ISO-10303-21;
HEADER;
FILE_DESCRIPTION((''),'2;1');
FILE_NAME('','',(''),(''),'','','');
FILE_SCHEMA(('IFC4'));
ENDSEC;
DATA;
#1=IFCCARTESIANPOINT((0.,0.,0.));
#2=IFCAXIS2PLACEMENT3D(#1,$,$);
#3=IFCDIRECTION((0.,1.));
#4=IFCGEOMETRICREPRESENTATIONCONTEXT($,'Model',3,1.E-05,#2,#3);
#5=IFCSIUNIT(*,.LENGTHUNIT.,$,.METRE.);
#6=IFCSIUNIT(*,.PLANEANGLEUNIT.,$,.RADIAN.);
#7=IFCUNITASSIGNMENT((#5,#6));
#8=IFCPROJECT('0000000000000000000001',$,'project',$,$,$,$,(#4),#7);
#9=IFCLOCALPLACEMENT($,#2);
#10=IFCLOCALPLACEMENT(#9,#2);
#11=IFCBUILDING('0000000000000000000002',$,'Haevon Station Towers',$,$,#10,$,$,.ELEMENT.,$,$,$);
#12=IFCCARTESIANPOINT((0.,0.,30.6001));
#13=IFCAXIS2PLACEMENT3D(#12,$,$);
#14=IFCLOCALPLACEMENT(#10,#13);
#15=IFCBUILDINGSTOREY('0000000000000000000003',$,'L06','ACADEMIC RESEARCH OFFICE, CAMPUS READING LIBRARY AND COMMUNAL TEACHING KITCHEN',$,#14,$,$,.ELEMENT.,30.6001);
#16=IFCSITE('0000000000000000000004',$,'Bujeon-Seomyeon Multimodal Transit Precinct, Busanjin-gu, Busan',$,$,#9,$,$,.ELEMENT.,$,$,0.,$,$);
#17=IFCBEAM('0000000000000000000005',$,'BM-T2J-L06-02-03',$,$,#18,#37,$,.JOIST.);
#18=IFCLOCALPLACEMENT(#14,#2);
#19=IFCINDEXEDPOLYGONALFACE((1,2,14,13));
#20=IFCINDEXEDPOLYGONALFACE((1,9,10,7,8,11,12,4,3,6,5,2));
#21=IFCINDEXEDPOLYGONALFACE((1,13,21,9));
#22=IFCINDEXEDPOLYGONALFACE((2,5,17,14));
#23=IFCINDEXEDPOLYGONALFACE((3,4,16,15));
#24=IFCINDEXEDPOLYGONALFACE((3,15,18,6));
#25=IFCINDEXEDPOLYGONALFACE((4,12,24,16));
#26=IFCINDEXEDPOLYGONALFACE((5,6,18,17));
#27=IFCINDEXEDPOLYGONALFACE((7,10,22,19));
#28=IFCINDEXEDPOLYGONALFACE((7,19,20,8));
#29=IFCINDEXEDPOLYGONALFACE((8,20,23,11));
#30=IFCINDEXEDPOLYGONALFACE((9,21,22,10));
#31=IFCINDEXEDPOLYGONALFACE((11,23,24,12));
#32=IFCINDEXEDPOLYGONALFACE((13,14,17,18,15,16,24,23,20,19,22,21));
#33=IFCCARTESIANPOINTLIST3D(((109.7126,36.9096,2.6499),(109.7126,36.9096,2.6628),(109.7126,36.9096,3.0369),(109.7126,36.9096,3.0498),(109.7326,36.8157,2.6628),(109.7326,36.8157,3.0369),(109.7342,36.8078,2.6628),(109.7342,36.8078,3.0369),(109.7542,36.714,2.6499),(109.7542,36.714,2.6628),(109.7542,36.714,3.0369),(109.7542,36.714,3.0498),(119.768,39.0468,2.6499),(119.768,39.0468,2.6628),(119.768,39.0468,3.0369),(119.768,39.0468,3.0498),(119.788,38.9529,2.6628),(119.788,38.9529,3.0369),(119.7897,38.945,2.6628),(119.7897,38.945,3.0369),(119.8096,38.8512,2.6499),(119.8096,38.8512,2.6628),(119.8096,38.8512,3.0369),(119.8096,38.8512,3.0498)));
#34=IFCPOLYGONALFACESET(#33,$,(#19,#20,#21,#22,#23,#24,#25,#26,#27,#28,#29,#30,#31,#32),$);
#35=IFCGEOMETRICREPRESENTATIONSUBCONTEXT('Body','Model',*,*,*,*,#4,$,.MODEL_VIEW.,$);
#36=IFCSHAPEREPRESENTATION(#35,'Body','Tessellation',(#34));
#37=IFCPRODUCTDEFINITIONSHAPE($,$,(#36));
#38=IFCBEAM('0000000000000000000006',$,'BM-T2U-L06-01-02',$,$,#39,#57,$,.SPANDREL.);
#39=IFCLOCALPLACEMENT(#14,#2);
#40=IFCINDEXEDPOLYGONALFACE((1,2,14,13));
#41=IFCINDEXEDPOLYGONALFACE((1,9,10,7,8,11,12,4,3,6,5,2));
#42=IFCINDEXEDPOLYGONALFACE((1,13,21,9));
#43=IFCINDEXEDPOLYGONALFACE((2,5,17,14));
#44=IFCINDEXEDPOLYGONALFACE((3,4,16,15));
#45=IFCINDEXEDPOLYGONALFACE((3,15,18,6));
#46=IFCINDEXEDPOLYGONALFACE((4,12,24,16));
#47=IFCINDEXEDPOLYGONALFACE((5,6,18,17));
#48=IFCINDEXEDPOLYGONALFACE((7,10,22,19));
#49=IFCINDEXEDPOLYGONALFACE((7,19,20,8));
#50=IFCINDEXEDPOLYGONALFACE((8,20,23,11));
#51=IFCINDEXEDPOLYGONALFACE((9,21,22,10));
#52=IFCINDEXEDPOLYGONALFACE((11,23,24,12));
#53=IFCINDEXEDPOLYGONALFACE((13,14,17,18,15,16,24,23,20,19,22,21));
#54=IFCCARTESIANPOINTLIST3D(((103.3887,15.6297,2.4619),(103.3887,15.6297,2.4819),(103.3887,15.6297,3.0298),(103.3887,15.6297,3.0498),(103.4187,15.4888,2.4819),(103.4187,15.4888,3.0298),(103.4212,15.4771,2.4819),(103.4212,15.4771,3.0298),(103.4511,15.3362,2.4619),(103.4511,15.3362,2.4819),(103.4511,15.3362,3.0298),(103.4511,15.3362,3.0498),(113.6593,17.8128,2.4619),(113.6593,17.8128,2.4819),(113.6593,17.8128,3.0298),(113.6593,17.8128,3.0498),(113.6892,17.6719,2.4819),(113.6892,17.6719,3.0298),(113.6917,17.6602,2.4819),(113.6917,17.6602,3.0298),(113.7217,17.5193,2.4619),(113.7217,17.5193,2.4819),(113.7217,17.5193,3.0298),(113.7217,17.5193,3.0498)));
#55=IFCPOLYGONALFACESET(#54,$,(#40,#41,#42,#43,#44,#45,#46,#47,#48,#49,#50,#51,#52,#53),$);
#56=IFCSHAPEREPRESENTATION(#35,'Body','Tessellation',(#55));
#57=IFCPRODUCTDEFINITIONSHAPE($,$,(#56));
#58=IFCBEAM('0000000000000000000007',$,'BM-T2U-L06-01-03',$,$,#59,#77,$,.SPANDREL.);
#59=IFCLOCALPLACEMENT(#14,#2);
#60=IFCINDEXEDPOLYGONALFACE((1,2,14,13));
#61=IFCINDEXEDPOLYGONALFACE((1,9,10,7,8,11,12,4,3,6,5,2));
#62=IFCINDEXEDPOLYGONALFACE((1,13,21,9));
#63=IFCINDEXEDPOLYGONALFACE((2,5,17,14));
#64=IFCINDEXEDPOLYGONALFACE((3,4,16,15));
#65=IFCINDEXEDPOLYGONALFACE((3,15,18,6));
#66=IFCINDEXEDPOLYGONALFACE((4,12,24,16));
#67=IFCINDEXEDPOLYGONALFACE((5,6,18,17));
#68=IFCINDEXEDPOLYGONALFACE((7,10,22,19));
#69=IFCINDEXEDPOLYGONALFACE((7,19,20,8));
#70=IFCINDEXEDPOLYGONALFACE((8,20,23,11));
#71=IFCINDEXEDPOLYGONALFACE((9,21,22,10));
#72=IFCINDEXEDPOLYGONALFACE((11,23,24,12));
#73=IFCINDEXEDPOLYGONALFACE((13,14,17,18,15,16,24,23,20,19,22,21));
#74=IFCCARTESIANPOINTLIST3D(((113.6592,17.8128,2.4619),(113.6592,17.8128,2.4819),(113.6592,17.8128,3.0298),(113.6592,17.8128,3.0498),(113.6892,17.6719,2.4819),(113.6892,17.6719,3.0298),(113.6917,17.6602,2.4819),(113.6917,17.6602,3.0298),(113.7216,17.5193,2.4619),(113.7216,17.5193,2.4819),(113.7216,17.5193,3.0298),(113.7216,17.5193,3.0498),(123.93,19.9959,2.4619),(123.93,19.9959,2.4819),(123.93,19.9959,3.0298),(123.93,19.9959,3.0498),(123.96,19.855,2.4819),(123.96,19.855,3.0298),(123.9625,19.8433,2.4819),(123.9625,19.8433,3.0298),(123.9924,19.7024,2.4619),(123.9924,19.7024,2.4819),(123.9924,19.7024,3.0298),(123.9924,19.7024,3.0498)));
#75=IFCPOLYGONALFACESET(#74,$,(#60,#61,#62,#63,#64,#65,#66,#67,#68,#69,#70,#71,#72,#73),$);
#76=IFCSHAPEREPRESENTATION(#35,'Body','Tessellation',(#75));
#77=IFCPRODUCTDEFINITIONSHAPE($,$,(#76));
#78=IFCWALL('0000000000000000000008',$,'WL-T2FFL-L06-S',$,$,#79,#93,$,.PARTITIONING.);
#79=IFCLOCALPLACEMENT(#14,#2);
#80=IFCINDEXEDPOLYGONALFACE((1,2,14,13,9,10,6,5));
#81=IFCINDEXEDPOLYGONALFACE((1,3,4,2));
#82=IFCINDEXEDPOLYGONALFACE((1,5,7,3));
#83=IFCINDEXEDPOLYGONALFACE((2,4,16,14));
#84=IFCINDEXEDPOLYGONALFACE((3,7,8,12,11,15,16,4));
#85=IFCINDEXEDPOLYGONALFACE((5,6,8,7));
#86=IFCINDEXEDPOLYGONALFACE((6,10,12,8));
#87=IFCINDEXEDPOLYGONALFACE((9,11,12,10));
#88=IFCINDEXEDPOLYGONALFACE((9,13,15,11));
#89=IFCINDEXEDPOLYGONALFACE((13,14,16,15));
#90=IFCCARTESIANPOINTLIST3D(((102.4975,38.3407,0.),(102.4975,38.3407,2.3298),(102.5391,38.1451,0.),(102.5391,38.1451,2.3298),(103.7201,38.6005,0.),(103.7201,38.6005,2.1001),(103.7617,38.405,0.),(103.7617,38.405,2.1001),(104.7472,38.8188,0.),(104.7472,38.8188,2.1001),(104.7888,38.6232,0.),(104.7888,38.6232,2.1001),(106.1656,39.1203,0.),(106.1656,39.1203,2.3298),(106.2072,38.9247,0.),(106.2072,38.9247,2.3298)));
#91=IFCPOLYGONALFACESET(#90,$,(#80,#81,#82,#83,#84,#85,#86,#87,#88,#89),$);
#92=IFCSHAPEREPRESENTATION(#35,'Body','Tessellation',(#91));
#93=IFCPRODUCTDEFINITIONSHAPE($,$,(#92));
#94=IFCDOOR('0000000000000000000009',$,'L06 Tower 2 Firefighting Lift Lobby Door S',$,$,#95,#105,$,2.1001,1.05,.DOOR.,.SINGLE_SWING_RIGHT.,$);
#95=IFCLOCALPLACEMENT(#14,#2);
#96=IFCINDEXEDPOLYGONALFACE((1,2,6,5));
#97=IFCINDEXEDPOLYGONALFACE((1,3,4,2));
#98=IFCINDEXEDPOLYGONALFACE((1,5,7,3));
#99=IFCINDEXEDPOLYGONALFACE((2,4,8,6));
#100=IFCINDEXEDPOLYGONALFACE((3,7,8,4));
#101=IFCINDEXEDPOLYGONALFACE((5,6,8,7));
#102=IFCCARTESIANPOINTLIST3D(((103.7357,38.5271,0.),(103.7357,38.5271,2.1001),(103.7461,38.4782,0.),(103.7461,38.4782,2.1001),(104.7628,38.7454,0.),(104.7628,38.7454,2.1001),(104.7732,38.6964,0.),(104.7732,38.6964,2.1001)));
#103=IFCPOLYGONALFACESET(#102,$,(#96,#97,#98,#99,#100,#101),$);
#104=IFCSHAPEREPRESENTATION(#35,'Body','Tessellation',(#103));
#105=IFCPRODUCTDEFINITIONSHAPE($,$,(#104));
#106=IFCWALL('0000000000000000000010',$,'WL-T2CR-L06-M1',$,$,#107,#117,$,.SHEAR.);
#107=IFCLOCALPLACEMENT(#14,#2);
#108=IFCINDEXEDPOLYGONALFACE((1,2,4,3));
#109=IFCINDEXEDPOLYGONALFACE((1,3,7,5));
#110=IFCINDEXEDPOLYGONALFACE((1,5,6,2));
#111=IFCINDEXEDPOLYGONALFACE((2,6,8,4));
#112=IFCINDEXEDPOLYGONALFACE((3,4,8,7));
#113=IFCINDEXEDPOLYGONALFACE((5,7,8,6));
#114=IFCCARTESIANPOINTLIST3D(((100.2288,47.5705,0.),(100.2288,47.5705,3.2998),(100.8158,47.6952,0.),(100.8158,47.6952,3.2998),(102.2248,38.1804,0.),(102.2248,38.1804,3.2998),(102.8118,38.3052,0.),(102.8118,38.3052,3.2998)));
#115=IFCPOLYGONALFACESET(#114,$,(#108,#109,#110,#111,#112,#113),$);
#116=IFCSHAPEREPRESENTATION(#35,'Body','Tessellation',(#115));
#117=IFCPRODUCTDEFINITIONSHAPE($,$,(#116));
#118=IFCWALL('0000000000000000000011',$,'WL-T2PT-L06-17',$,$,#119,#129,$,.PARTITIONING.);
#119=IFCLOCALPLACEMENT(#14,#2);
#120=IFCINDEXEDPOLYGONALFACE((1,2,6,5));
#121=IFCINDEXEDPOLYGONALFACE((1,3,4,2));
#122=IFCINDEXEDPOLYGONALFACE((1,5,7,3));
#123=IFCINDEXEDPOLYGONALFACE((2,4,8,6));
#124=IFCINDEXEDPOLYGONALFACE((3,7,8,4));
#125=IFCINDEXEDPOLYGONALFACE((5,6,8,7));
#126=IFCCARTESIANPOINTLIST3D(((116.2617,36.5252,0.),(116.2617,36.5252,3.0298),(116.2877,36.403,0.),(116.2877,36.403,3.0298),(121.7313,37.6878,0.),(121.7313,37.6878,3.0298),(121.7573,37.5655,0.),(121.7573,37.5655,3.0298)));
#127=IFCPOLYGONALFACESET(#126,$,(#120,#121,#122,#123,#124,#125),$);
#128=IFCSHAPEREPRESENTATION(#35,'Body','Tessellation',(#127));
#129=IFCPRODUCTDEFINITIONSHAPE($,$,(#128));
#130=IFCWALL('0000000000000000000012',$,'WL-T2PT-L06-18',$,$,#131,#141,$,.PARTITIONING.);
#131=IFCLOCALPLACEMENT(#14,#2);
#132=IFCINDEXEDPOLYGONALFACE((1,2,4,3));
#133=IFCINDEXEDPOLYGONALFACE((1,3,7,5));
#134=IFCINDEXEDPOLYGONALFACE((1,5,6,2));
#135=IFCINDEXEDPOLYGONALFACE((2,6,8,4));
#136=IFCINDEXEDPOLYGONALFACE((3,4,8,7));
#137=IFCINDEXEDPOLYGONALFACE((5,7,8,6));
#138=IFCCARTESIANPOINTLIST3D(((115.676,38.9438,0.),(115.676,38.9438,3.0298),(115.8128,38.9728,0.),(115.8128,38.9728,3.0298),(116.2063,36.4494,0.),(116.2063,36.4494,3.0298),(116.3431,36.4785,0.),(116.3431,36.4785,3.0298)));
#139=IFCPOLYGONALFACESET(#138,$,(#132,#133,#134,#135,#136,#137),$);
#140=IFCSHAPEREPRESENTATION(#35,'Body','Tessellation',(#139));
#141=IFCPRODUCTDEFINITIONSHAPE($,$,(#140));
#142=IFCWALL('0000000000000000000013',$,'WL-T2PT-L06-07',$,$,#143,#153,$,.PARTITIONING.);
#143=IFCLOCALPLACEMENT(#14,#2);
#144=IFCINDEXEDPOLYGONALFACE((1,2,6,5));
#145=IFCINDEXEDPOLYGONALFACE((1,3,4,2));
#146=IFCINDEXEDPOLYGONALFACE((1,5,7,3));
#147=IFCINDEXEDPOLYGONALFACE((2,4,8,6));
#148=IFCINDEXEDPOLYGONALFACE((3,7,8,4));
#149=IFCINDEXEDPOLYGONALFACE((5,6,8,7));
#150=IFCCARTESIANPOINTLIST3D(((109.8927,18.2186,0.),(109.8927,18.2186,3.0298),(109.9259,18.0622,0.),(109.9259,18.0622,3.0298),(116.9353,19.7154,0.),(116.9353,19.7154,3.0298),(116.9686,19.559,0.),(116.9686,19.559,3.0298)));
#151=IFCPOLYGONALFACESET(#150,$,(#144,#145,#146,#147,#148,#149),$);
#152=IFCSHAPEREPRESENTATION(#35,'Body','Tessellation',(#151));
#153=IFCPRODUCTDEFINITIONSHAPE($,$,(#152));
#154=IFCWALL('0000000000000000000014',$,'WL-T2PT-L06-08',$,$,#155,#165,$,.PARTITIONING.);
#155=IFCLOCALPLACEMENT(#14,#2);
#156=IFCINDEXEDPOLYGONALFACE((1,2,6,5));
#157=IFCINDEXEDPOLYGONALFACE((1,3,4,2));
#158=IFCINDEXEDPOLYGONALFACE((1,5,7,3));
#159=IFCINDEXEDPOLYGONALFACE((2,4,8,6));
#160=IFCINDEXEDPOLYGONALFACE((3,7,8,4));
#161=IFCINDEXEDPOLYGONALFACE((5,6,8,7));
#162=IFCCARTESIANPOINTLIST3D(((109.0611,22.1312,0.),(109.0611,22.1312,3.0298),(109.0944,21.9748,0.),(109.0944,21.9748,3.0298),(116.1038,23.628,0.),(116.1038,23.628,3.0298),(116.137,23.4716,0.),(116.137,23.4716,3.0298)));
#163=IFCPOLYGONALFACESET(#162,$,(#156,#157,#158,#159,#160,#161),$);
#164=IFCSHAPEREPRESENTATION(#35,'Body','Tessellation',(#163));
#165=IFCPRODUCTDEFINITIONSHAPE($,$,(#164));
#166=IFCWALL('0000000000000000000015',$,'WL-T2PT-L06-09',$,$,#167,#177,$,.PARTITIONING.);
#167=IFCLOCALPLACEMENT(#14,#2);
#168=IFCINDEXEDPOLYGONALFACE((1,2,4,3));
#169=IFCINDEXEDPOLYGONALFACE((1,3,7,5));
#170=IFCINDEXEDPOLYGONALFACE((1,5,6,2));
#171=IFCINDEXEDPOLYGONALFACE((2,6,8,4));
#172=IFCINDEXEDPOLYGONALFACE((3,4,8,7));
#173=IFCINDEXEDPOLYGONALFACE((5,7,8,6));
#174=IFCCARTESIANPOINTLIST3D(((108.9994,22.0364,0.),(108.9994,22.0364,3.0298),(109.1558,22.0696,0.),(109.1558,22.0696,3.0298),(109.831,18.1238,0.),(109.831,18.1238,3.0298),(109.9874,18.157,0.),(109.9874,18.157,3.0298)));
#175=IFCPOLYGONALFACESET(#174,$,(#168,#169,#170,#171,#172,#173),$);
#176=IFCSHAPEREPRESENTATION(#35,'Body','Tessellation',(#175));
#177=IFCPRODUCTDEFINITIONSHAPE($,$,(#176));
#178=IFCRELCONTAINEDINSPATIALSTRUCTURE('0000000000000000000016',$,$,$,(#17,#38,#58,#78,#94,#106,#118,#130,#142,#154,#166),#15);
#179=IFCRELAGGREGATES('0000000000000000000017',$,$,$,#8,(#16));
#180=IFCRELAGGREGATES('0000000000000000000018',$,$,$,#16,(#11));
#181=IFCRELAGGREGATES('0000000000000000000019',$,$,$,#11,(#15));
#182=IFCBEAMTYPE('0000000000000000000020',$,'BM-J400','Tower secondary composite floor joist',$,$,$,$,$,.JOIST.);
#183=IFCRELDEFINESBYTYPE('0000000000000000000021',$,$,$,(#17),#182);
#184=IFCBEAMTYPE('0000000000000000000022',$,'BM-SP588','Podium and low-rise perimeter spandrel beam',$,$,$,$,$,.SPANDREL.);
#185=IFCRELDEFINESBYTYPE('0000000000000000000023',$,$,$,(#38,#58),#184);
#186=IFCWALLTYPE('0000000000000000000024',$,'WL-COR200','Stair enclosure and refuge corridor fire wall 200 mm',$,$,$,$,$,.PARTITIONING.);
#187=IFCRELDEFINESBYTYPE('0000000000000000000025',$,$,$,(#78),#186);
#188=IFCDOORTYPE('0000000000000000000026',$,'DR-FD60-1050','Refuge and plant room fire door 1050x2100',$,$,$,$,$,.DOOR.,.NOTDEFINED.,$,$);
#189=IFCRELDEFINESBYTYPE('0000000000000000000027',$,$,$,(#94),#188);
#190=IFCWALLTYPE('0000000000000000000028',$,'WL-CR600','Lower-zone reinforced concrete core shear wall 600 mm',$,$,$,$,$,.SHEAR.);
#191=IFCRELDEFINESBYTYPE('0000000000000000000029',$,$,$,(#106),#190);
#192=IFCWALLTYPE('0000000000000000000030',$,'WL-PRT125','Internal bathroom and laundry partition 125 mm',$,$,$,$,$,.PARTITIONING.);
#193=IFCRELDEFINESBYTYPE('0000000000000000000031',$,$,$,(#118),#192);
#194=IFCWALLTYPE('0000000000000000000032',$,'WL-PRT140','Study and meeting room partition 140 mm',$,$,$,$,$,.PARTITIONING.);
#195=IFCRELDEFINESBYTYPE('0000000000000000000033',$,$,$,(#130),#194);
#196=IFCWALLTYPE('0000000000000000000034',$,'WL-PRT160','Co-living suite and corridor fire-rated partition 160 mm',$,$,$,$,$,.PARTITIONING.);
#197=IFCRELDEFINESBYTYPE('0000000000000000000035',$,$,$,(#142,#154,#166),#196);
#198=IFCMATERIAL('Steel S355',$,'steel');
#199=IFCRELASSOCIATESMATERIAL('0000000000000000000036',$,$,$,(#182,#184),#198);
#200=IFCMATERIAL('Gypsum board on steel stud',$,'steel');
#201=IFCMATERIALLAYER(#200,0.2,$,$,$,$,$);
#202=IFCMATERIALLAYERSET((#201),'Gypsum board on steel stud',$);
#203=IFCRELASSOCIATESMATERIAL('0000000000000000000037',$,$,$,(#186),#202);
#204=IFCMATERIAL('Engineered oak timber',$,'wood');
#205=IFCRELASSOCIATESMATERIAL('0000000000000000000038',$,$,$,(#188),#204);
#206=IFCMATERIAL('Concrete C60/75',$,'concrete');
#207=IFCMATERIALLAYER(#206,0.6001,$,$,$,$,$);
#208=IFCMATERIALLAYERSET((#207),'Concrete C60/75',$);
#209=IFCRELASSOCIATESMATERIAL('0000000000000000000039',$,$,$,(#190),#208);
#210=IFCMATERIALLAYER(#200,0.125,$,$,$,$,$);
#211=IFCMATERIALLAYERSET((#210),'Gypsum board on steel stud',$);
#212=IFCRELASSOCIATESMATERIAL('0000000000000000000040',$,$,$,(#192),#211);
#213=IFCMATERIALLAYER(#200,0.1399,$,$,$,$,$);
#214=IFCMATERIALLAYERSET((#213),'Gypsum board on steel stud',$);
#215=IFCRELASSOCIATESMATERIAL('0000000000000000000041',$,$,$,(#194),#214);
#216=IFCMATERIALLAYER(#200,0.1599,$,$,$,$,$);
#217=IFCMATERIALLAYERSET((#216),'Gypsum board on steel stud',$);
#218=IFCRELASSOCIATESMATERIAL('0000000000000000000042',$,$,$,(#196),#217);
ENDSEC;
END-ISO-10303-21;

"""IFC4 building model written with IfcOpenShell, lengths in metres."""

from ifc_helpers import new_model, si_unit, direction, frame, frame_2d, origin, origin_2d, place, context, subcontext, project, spatial, rectangle, i_section, extrude, material, layer, layer_set, material_profile, profile_set, type_object, element, fill, save


model = new_model("IFC4")

# Units and contexts
model_context = context("Model", 3, precision=1e-05, world=origin(), true_north=direction((0.0, 1.0)))
body_context = subcontext(model_context, "Body", "Model", "MODEL_VIEW")
ifc_project = project(units=[si_unit("LENGTHUNIT", "METRE"), si_unit("PLANEANGLEUNIT", "RADIAN")], contexts=[model_context])

# Site, building, storey
site_placement = place(None, origin())
site = spatial("IfcSite", under=ifc_project, at=site_placement, Name="Bujeon-Seomyeon Multimodal Transit Precinct, Busanjin-gu, Busan", CompositionType="ELEMENT", RefElevation=0.0)
building_placement = place(site_placement, origin())
building = spatial("IfcBuilding", under=site, at=building_placement, Name="Haevon Station Towers", CompositionType="ELEMENT")
storey_placement = place(building_placement, frame((0.0, 0.0, 30.6001)))
storey = spatial("IfcBuildingStorey", under=building, at=storey_placement, Name="L06", Description="ACADEMIC RESEARCH OFFICE, CAMPUS READING LIBRARY AND COMMUNAL TEACHING KITCHEN", CompositionType="ELEMENT", Elevation=30.6001)

# Beams
ifc_material_1 = material(Name="Steel S355", Category="steel")
ifc_material_profile_1 = material_profile(ifc_material_1, i_section(OverallWidth=0.2, OverallDepth=0.3999, WebThickness=0.0081, FlangeThickness=0.0129, at=origin_2d()), Name="H-400x200x8x13")
ifc_profile_set_1 = profile_set([ifc_material_profile_1], Name="Steel S355")
beam_type_1 = type_object("IfcBeamType", Name="BM-J400", Description="Tower secondary composite floor joist", PredefinedType="JOIST", material=ifc_profile_set_1)
for number, where, z_axis, x_axis, name in (
    (1, (109.7334, 36.8118, 2.8499), (0.97815, 0.207899, 0.0), (-0.207899, 0.97815, 0.0), "BM-T2J-L06-02-03"),
):
    element("IfcBeam", number, at=place(storey_placement, frame(where, z_axis=z_axis, x_axis=x_axis)), inside=storey, type_object=beam_type_1, Name=name, PredefinedType="JOIST", context=body_context, shape_type="SweptSolid", body=[
        extrude(i_section(OverallWidth=0.2, OverallDepth=0.3999, WebThickness=0.0081, FlangeThickness=0.0129, at=origin_2d()), origin(), (0.0, 0.0, 1.0), 10.28),
    ])
ifc_material_profile_2 = material_profile(ifc_material_1, i_section(OverallWidth=0.3, OverallDepth=0.5879, WebThickness=0.012, FlangeThickness=0.02, at=origin_2d()), Name="H-588x300x12x20")
ifc_profile_set_2 = profile_set([ifc_material_profile_2], Name="Steel S355")
beam_type_2 = type_object("IfcBeamType", Name="BM-SP588", Description="Podium and low-rise perimeter spandrel beam", PredefinedType="SPANDREL", material=ifc_profile_set_2)
beam_1_placement = place(storey_placement, frame((103.4199, 15.4829, 2.7559), z_axis=(0.978147, 0.207915, 0.0), x_axis=(-0.207915, 0.978147, 0.0)))
element("IfcBeam", 2, at=beam_1_placement, inside=storey, type_object=beam_type_2, Name="BM-T2U-L06-01-02", PredefinedType="SPANDREL", context=body_context, shape_type="SweptSolid", body=[
    extrude(i_section(OverallWidth=0.3, OverallDepth=0.5879, WebThickness=0.012, FlangeThickness=0.02, at=origin_2d()), origin(), (0.0, 0.0, 1.0), 10.5),
])
beam_2_placement = place(storey_placement, frame((113.6904, 17.666, 2.7559), z_axis=(0.978148, 0.207911, 0.0), x_axis=(-0.207911, 0.978148, 0.0)))
element("IfcBeam", 3, at=beam_2_placement, inside=storey, type_object=beam_type_2, Name="BM-T2U-L06-01-03", PredefinedType="SPANDREL", context=body_context, shape_type="SweptSolid", body=[
    extrude(i_section(OverallWidth=0.3, OverallDepth=0.5879, WebThickness=0.012, FlangeThickness=0.02, at=origin_2d()), origin(), (0.0, 0.0, 1.0), 10.5002),
])

# Wall, opening, door
ifc_material_2 = material(Name="Gypsum board on steel stud", Category="steel")
ifc_layer_1 = layer(ifc_material_2, 0.2)
ifc_layer_set_1 = layer_set([ifc_layer_1], Name="Gypsum board on steel stud")
wall_type_1 = type_object("IfcWallType", Name="WL-COR200", Description="Stair enclosure and refuge corridor fire wall 200 mm", PredefinedType="PARTITIONING", material=ifc_layer_set_1)
wall_1_placement = place(storey_placement, frame((102.5183, 38.2429, 0.0), z_axis=(0.0, 0.0, 1.0), x_axis=(0.978154, 0.207884, 0.0)))
wall_1 = element("IfcWall", 4, at=wall_1_placement, inside=storey, type_object=wall_type_1, Name="WL-T2FFL-L06-S", PredefinedType="PARTITIONING", context=body_context, shape_type="SweptSolid", body=[
    extrude(rectangle(XDim=3.75, YDim=0.2, at=frame_2d((1.875, 0.0))), origin(), (0.0, 0.0, 1.0), 2.3298),
])
opening_placement = place(wall_1_placement, frame((1.25, 0.0, 0.0)))
opening = element("IfcOpeningElement", 5, at=opening_placement, cuts=wall_1, PredefinedType="OPENING", context=body_context, shape_type="SweptSolid", body=[
    extrude(rectangle(XDim=1.05, YDim=2.1001, at=frame_2d((0.5249, 1.05))), frame((0.0, 0.1099, 0.0), z_axis=(0.0, -1.0, 0.0), x_axis=(1.0, 0.0, 0.0)), (0.0, 0.0, 1.0), 0.22),
])
ifc_material_3 = material(Name="Engineered oak timber", Category="wood")
door_type = type_object("IfcDoorType", Name="DR-FD60-1050", Description="Refuge and plant room fire door 1050x2100", OperationType="NOTDEFINED", PredefinedType="DOOR", material=ifc_material_3)
door_placement = place(opening_placement, origin())
door = element("IfcDoor", 6, at=door_placement, inside=storey, type_object=door_type, Name="L06 Tower 2 Firefighting Lift Lobby Door S", OperationType="SINGLE_SWING_RIGHT", OverallHeight=2.1001, OverallWidth=1.05, PredefinedType="DOOR", context=body_context, shape_type="SweptSolid", body=[
    extrude(rectangle(XDim=1.05, YDim=2.1001, at=frame_2d((0.5249, 1.05))), frame((0.0, 0.0249, 0.0), z_axis=(0.0, -1.0, 0.0), x_axis=(1.0, 0.0, 0.0)), (0.0, 0.0, 1.0), 0.05),
])
fill(opening, door)

# Walls
ifc_material_4 = material(Name="Concrete C60/75", Category="concrete")
ifc_layer_2 = layer(ifc_material_4, 0.6001)
ifc_layer_set_2 = layer_set([ifc_layer_2], Name="Concrete C60/75")
wall_type_2 = type_object("IfcWallType", Name="WL-CR600", Description="Lower-zone reinforced concrete core shear wall 600 mm", PredefinedType="SHEAR", material=ifc_layer_set_2)
wall_2_placement = place(storey_placement, frame((102.5183, 38.2429, 0.0), z_axis=(0.0, 0.0, 1.0), x_axis=(-0.207927, 0.978144, 0.0)))
element("IfcWall", 7, at=wall_2_placement, inside=storey, type_object=wall_type_2, Name="WL-T2CR-L06-M1", PredefinedType="SHEAR", context=body_context, shape_type="SweptSolid", body=[
    extrude(rectangle(XDim=9.5999, YDim=0.6001, at=frame_2d((4.7998, 0.0))), origin(), (0.0, 0.0, 1.0), 3.2998),
])
ifc_layer_3 = layer(ifc_material_2, 0.125)
ifc_layer_set_3 = layer_set([ifc_layer_3], Name="Gypsum board on steel stud")
wall_type_3 = type_object("IfcWallType", Name="WL-PRT125", Description="Internal bathroom and laundry partition 125 mm", PredefinedType="PARTITIONING", material=ifc_layer_set_3)
wall_3_placement = place(storey_placement, frame((116.2747, 36.4641, 0.0), z_axis=(0.0, 0.0, 1.0), x_axis=(0.978149, 0.207907, 0.0)))
element("IfcWall", 8, at=wall_3_placement, inside=storey, type_object=wall_type_3, Name="WL-T2PT-L06-17", PredefinedType="PARTITIONING", context=body_context, shape_type="SweptSolid", body=[
    extrude(rectangle(XDim=5.5918, YDim=0.125, at=frame_2d((2.7959, 0.0))), origin(), (0.0, 0.0, 1.0), 3.0298),
])
ifc_layer_4 = layer(ifc_material_2, 0.1399)
ifc_layer_set_4 = layer_set([ifc_layer_4], Name="Gypsum board on steel stud")
wall_type_4 = type_object("IfcWallType", Name="WL-PRT140", Description="Study and meeting room partition 140 mm", PredefinedType="PARTITIONING", material=ifc_layer_set_4)
wall_4_placement = place(storey_placement, frame((116.2747, 36.4641, 0.0), z_axis=(0.0, 0.0, 1.0), x_axis=(-0.20794, 0.978142, 0.0)))
element("IfcWall", 9, at=wall_4_placement, inside=storey, type_object=wall_type_4, Name="WL-T2PT-L06-18", PredefinedType="PARTITIONING", context=body_context, shape_type="SweptSolid", body=[
    extrude(rectangle(XDim=2.55, YDim=0.1399, at=frame_2d((1.2749, 0.0))), origin(), (0.0, 0.0, 1.0), 3.0298),
])
ifc_layer_5 = layer(ifc_material_2, 0.1599)
ifc_layer_set_5 = layer_set([ifc_layer_5], Name="Gypsum board on steel stud")
wall_type_5 = type_object("IfcWallType", Name="WL-PRT160", Description="Co-living suite and corridor fire-rated partition 160 mm", PredefinedType="PARTITIONING", material=ifc_layer_set_5)
for number, where, z_axis, x_axis, name in (
    (10, (109.9092, 18.1404, 0.0), (0.0, 0.0, 1.0), (0.978152, 0.207892, 0.0), "WL-T2PT-L06-07"),
    (11, (109.0776, 22.053, 0.0), (0.0, 0.0, 1.0), (0.978152, 0.207892, 0.0), "WL-T2PT-L06-08"),
):
    element("IfcWall", number, at=place(storey_placement, frame(where, z_axis=z_axis, x_axis=x_axis)), inside=storey, type_object=wall_type_5, Name=name, PredefinedType="PARTITIONING", context=body_context, shape_type="SweptSolid", body=[
        extrude(rectangle(XDim=7.2, YDim=0.1599, at=frame_2d((3.6001, 0.0))), origin(), (0.0, 0.0, 1.0), 3.0298),
    ])
for number, where, z_axis, x_axis, name in (
    (12, (109.9092, 18.1404, 0.0), (0.0, 0.0, 1.0), (-0.207886, 0.978153, 0.0), "WL-T2PT-L06-09"),
):
    element("IfcWall", number, at=place(storey_placement, frame(where, z_axis=z_axis, x_axis=x_axis)), inside=storey, type_object=wall_type_5, Name=name, PredefinedType="PARTITIONING", context=body_context, shape_type="SweptSolid", body=[
        extrude(rectangle(XDim=4.0, YDim=0.1599, at=frame_2d((2.0, 0.0))), origin(), (0.0, 0.0, 1.0), 3.0298),
    ])

save(model, "model.ifc")
